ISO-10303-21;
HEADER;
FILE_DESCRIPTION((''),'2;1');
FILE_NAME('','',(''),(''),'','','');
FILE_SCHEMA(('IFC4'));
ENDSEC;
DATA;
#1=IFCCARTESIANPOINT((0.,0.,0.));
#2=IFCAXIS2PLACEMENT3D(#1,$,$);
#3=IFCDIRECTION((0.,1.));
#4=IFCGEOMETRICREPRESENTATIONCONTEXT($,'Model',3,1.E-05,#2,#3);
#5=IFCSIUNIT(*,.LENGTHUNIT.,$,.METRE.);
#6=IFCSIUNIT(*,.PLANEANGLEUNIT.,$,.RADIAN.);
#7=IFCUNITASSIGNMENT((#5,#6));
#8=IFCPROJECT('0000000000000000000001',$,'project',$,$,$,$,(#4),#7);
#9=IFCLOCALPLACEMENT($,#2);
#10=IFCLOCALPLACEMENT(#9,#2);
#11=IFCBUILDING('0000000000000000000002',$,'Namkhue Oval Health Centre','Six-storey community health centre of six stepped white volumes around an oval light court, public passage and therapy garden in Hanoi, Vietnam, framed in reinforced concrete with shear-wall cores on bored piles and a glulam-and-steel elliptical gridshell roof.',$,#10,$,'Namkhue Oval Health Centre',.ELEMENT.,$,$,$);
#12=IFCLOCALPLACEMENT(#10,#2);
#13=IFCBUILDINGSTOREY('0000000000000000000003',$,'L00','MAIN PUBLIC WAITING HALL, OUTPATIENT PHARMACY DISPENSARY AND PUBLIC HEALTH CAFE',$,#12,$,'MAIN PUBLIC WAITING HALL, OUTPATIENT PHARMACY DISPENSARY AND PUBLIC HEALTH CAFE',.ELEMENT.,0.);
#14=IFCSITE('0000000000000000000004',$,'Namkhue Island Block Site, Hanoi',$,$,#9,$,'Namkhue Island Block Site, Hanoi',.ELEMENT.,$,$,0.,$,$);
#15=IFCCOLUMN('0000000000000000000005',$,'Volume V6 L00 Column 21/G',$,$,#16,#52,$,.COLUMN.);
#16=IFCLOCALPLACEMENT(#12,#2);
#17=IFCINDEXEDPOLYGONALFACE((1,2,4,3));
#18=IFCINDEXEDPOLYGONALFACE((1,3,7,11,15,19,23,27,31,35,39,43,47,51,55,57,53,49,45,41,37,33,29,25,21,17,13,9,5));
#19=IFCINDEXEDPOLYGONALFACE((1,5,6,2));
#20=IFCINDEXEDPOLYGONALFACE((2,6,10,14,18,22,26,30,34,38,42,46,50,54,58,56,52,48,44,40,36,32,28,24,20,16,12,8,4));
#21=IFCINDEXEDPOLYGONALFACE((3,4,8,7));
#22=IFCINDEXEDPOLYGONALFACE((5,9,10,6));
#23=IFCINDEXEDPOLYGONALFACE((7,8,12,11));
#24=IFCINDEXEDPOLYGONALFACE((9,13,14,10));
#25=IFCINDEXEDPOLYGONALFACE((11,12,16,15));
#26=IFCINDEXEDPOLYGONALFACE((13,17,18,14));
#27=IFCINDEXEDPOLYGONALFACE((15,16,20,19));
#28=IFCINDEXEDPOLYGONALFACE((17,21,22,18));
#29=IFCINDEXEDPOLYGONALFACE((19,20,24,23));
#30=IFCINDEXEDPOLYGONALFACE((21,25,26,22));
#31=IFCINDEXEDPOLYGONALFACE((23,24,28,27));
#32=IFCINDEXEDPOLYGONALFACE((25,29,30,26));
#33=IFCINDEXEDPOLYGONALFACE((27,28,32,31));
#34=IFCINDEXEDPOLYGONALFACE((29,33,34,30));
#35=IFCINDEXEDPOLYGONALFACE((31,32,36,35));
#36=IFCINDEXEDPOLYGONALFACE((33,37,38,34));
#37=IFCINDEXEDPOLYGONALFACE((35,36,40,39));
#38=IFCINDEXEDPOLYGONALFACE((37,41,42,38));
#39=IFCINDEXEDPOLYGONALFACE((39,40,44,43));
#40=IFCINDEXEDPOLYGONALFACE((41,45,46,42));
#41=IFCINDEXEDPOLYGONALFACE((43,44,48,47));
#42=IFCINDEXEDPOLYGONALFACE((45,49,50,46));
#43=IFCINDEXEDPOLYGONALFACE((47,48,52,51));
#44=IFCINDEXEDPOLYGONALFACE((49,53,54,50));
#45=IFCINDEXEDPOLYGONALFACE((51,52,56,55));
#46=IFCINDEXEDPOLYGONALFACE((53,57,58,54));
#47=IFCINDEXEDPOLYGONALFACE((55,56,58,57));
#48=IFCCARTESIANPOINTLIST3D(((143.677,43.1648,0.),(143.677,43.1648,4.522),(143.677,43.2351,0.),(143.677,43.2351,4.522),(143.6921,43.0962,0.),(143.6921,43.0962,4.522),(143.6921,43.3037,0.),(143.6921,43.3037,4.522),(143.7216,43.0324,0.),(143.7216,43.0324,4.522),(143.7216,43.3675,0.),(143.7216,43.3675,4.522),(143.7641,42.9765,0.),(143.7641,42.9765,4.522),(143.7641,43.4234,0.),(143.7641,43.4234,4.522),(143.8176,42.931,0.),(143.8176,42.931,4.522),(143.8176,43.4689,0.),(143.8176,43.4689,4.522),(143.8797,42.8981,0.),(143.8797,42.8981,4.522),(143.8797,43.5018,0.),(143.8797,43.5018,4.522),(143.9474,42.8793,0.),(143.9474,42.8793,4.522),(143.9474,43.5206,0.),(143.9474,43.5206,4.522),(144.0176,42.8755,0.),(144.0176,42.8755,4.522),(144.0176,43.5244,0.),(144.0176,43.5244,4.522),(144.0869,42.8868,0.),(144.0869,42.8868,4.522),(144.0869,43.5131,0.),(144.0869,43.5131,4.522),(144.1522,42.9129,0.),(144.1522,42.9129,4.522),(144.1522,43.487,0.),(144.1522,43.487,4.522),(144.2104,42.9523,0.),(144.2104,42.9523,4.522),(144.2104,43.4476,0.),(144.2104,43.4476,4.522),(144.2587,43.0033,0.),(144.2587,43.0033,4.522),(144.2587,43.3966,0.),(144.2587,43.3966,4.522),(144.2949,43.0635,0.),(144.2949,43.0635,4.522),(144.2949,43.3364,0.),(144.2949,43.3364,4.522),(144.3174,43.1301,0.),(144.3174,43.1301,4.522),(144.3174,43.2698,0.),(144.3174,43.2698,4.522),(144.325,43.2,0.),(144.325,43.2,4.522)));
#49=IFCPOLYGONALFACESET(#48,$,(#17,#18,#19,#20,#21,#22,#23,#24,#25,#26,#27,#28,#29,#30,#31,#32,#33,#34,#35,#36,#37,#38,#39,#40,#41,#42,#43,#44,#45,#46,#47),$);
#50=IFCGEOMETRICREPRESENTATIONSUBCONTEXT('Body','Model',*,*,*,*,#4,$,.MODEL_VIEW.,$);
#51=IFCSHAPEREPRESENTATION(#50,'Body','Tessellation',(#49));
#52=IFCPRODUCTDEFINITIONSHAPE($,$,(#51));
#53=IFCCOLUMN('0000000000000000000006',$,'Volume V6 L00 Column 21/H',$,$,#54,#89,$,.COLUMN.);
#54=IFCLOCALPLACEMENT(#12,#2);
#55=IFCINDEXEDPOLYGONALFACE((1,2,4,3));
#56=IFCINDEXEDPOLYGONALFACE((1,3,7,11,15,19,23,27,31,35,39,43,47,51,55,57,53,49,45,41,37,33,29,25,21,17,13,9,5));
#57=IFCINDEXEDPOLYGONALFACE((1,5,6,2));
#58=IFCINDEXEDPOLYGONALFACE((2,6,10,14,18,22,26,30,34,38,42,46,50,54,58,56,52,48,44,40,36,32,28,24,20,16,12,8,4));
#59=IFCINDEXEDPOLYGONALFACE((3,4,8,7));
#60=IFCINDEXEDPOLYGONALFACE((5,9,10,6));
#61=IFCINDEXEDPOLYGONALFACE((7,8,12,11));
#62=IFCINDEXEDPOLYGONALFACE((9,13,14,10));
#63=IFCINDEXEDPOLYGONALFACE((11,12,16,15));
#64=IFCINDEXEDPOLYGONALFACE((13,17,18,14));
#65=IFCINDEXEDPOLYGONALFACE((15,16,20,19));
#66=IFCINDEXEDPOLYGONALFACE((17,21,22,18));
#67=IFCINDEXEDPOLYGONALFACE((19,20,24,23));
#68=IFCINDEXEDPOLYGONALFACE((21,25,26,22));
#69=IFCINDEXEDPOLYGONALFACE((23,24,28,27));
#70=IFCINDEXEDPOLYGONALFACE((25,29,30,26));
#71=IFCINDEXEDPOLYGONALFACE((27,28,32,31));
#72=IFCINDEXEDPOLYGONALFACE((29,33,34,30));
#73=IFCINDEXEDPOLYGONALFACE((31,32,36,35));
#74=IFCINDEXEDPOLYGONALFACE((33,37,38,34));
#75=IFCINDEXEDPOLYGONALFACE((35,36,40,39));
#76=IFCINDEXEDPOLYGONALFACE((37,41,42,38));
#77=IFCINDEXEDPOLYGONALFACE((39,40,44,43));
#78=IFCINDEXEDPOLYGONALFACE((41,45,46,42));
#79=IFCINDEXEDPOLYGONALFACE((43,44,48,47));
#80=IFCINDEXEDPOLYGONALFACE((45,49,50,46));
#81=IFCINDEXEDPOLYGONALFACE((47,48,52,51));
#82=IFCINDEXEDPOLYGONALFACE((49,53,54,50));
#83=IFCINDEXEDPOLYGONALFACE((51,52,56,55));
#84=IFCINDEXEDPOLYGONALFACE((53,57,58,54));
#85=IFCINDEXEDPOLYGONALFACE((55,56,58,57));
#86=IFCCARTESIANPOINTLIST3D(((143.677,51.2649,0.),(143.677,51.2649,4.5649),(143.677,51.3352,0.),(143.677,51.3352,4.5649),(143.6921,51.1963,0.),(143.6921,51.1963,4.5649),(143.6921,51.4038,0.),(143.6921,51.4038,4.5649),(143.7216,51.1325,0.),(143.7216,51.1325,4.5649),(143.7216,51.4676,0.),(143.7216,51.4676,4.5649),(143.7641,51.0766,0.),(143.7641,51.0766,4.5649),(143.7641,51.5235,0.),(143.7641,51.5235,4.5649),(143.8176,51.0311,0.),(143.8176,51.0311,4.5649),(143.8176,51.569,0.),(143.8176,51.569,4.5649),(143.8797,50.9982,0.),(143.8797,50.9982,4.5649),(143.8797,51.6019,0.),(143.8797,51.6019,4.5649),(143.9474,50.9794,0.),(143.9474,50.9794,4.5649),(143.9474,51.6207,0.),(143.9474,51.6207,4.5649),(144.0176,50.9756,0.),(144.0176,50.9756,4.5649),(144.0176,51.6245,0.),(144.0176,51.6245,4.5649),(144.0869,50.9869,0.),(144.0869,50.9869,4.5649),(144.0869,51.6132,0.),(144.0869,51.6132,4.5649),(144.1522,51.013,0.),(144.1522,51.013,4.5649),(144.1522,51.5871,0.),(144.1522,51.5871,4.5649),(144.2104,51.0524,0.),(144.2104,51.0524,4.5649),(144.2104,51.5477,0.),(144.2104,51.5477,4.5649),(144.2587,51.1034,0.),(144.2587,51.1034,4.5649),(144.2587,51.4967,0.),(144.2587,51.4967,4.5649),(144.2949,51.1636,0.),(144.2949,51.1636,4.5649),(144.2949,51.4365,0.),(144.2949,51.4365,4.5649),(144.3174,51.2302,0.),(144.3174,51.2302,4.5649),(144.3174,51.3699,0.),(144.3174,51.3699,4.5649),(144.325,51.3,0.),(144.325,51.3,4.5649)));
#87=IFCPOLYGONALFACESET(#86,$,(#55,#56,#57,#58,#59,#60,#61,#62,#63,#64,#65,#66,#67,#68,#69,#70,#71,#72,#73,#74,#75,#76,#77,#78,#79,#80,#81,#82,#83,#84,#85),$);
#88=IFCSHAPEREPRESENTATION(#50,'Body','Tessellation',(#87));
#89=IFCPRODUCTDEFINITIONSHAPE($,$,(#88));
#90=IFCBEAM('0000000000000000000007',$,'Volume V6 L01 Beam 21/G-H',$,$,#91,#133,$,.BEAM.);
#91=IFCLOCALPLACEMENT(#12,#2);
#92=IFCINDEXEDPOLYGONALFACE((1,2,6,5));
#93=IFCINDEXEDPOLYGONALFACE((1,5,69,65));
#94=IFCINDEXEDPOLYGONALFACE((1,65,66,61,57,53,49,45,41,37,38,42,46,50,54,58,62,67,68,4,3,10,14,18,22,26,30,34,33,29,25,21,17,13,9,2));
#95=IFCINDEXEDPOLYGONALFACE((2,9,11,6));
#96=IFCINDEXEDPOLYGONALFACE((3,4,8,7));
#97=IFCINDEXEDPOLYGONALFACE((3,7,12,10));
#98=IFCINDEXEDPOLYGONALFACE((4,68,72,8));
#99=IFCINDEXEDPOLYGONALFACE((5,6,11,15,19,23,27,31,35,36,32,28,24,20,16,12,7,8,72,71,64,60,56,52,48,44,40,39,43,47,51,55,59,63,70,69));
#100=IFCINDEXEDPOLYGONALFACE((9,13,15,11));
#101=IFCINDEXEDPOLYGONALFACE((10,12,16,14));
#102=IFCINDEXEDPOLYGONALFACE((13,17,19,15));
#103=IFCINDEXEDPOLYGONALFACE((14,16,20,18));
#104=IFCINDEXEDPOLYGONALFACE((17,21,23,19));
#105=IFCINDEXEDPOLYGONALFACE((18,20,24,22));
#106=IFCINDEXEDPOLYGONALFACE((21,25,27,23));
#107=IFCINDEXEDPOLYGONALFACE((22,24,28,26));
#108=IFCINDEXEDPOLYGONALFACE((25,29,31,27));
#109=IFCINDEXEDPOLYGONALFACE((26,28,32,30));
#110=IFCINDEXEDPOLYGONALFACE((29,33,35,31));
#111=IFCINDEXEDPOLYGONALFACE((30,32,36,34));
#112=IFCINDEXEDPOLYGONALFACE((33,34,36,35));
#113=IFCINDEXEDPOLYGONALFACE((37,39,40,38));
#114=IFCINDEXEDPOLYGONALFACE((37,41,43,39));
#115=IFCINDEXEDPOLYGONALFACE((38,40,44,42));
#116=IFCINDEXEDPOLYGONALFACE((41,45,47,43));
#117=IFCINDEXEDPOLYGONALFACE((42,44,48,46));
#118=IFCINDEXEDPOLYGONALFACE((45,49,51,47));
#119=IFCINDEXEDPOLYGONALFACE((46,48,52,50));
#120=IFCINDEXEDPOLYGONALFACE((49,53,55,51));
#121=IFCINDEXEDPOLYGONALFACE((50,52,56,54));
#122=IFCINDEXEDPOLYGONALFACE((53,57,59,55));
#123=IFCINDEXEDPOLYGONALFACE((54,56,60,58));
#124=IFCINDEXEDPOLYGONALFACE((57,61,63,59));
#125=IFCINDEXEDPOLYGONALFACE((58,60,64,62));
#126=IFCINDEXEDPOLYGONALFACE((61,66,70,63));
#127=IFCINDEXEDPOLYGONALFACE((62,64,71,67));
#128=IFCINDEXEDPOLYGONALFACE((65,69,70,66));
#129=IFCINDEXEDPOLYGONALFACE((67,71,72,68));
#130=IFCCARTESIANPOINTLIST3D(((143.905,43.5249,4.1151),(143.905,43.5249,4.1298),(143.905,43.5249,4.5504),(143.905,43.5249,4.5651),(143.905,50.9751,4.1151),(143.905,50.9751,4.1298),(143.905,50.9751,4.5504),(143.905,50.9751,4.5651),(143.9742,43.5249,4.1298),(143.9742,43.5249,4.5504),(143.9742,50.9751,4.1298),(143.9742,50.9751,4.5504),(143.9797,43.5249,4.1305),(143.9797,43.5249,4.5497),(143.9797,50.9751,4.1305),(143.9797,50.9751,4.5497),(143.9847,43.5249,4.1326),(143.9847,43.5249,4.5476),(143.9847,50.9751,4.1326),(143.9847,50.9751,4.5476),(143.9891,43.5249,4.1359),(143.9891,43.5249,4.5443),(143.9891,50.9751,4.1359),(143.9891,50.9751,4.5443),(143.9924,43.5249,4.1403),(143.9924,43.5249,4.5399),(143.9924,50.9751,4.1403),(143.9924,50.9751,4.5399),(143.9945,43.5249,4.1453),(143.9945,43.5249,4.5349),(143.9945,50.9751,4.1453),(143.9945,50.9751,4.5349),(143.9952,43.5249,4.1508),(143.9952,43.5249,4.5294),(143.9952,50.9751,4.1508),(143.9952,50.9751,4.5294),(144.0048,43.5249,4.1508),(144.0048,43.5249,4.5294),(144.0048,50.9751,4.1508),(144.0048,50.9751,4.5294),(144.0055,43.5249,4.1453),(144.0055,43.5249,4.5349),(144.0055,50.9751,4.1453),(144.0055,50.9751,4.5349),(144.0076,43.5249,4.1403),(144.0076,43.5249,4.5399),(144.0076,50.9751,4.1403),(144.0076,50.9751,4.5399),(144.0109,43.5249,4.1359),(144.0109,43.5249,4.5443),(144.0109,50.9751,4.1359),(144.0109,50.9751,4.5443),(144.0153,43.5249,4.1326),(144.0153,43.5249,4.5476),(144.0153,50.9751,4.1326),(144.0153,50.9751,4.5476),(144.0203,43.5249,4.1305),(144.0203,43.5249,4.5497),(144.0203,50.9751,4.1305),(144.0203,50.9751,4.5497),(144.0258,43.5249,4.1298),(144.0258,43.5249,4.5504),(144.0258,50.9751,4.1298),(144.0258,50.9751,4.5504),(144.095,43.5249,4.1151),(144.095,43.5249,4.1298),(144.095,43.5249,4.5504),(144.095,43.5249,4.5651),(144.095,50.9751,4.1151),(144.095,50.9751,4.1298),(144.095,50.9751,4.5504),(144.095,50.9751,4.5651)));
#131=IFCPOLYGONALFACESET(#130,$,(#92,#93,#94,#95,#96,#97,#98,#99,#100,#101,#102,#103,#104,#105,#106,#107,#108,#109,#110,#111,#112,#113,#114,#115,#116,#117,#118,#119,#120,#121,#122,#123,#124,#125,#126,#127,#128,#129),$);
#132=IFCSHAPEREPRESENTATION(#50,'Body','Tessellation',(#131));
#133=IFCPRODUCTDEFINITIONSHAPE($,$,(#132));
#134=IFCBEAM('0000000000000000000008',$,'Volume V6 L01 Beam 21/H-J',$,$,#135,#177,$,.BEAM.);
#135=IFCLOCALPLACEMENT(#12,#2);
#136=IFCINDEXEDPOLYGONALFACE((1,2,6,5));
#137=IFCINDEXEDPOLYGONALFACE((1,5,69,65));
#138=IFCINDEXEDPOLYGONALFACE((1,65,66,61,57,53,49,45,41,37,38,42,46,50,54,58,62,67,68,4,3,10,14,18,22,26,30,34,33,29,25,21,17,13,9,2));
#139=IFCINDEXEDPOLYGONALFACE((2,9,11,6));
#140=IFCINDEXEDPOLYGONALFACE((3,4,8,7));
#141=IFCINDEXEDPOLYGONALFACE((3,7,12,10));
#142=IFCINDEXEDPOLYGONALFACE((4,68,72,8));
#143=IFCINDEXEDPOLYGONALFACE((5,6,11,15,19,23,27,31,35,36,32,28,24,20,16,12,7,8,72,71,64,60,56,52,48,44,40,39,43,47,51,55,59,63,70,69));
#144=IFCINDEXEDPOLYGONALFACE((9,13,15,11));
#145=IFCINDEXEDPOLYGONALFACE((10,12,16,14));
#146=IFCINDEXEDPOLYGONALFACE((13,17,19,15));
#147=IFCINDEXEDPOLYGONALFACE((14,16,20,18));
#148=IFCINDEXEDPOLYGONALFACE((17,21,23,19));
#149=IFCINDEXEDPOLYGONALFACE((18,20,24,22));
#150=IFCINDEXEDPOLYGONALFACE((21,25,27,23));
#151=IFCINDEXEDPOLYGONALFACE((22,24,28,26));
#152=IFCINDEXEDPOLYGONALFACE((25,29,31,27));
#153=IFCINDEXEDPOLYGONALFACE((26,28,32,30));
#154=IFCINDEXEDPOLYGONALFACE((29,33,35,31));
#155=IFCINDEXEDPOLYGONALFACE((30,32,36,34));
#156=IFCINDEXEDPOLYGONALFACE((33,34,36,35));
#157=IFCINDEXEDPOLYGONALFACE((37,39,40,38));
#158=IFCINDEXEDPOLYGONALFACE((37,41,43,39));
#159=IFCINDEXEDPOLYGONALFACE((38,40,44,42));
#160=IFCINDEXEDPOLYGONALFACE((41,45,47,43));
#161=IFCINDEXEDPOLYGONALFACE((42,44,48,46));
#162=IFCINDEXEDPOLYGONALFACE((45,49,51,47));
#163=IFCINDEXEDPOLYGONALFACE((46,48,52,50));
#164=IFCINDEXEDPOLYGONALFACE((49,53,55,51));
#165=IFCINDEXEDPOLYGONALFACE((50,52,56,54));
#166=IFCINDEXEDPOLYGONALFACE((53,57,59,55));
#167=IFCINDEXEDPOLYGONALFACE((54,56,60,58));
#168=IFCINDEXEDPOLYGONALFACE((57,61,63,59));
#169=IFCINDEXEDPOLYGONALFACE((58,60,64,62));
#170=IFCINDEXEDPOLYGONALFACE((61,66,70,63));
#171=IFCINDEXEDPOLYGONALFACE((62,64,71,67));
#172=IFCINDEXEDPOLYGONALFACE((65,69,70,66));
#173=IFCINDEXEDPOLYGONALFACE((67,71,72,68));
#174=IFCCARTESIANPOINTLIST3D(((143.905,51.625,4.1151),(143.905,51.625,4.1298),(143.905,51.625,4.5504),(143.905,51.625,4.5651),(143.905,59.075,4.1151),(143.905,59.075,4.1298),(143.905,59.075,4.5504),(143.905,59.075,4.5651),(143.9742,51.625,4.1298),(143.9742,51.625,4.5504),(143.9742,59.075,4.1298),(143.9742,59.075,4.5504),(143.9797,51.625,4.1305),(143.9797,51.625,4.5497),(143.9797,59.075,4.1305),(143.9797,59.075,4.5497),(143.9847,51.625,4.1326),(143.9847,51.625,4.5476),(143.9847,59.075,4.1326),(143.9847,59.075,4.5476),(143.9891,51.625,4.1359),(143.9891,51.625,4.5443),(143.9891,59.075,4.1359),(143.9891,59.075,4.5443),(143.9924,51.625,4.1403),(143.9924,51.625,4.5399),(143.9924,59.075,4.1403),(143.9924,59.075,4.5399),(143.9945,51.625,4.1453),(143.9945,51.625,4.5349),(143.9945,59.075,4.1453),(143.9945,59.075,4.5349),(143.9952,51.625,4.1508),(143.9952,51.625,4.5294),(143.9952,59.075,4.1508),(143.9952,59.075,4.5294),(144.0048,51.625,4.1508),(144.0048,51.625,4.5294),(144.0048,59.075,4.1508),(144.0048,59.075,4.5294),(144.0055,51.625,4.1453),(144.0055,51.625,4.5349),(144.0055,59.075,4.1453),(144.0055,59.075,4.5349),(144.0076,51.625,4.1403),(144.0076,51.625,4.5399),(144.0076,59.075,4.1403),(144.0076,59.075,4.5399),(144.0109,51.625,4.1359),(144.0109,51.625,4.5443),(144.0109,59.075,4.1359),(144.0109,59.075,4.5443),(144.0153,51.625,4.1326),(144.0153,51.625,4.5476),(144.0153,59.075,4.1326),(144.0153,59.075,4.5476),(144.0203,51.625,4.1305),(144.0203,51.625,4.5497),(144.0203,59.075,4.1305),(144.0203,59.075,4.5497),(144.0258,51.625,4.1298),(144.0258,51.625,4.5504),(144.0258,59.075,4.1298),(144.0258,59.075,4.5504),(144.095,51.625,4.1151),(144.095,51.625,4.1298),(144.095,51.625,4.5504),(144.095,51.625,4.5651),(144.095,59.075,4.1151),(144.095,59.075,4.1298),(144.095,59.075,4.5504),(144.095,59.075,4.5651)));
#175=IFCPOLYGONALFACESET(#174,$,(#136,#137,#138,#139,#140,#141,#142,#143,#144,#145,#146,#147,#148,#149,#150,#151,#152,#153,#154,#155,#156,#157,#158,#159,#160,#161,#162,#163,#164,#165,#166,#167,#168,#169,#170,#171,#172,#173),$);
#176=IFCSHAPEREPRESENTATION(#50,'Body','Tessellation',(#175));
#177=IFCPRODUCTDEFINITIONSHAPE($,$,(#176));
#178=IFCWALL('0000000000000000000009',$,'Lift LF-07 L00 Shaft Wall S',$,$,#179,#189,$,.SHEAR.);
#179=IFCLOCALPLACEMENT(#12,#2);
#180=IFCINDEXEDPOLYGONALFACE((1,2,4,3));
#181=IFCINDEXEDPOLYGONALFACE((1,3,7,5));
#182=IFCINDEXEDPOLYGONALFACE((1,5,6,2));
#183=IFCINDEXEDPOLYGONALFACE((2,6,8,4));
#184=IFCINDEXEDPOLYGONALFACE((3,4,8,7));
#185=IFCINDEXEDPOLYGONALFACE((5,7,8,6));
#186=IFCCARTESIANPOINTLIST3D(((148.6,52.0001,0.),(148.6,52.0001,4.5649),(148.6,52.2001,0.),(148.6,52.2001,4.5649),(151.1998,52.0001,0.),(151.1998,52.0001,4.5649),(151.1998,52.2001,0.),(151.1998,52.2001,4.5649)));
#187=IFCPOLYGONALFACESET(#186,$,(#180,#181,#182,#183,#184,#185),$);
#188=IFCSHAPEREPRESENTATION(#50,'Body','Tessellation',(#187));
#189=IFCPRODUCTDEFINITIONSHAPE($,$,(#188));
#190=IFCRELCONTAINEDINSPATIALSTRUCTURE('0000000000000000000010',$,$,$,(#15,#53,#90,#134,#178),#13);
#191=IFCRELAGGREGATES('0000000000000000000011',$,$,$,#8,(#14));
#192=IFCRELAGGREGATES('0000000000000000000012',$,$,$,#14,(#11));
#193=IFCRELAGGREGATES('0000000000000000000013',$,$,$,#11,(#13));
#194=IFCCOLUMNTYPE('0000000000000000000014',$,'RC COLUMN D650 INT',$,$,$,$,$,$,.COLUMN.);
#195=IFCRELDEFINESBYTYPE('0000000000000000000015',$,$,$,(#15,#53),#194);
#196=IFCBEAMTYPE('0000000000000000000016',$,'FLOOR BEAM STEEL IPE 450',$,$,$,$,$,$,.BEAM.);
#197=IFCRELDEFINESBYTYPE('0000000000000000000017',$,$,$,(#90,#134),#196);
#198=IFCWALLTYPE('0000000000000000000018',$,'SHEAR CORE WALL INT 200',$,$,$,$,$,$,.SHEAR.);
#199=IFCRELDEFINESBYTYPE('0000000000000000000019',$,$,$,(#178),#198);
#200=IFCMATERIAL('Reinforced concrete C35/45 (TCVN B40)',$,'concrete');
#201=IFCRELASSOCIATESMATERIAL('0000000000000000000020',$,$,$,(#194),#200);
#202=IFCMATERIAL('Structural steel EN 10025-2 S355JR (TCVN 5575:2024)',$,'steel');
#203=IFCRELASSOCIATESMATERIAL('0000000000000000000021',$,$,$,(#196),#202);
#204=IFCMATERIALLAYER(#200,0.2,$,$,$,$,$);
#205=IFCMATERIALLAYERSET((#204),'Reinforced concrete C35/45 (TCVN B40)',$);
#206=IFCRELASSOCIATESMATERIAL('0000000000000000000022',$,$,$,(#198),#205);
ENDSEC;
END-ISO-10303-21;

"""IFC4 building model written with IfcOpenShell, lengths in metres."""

from ifc_helpers import new_model, si_unit, direction, frame, frame_2d, origin, origin_2d, place, context, subcontext, project, spatial, rectangle, circle, i_section, extrude, material, layer, layer_set, material_profile, profile_set, type_object, element, save


model = new_model("IFC4")

# Units and contexts
model_context = context("Model", 3, precision=1e-05, world=origin(), true_north=direction((0.0, 1.0)))
body_context = subcontext(model_context, "Body", "Model", "MODEL_VIEW")
ifc_project = project(units=[si_unit("LENGTHUNIT", "METRE"), si_unit("PLANEANGLEUNIT", "RADIAN")], contexts=[model_context])

# Site, building, storey
site_placement = place(None, origin())
site = spatial("IfcSite", under=ifc_project, at=site_placement, Name="Namkhue Island Block Site, Hanoi", LongName="Namkhue Island Block Site, Hanoi", CompositionType="ELEMENT", RefElevation=0.0)
building_placement = place(site_placement, origin())
building = spatial("IfcBuilding", under=site, at=building_placement, Name="Namkhue Oval Health Centre", Description="Six-storey community health centre of six stepped white volumes around an oval light court, public passage and therapy garden in Hanoi, Vietnam, framed in reinforced concrete with shear-wall cores on bored piles and a glulam-and-steel elliptical gridshell roof.", LongName="Namkhue Oval Health Centre", CompositionType="ELEMENT")
storey_placement = place(building_placement, origin())
storey = spatial("IfcBuildingStorey", under=building, at=storey_placement, Name="L00", Description="MAIN PUBLIC WAITING HALL, OUTPATIENT PHARMACY DISPENSARY AND PUBLIC HEALTH CAFE", LongName="MAIN PUBLIC WAITING HALL, OUTPATIENT PHARMACY DISPENSARY AND PUBLIC HEALTH CAFE", CompositionType="ELEMENT", Elevation=0.0)

# Columns
ifc_material_1 = material(Name="Reinforced concrete C35/45 (TCVN B40)", Category="concrete")
ifc_material_profile_1 = material_profile(ifc_material_1, circle(Radius=0.325, at=origin_2d()), Name="RC D650")
ifc_profile_set_1 = profile_set([ifc_material_profile_1], Name="Reinforced concrete C35/45 (TCVN B40)")
column_type = type_object("IfcColumnType", Name="RC COLUMN D650 INT", PredefinedType="COLUMN", material=ifc_profile_set_1)
column_1_placement = place(storey_placement, frame((144.0, 43.2, 0.0), z_axis=(0.0, 0.0, 1.0), x_axis=(1.0, 0.0, 0.0)))
element("IfcColumn", 1, at=column_1_placement, inside=storey, type_object=column_type, Name="Volume V6 L00 Column 21/G", PredefinedType="COLUMN", context=body_context, shape_type="SweptSolid", body=[
    extrude(circle(Radius=0.325, at=origin_2d()), origin(), (0.0, 0.0, 1.0), 4.522),
])
column_2_placement = place(storey_placement, frame((144.0, 51.3, 0.0), z_axis=(0.0, 0.0, 1.0), x_axis=(1.0, 0.0, 0.0)))
element("IfcColumn", 2, at=column_2_placement, inside=storey, type_object=column_type, Name="Volume V6 L00 Column 21/H", PredefinedType="COLUMN", context=body_context, shape_type="SweptSolid", body=[
    extrude(circle(Radius=0.325, at=origin_2d()), origin(), (0.0, 0.0, 1.0), 4.5649),
])

# Beams
ifc_material_2 = material(Name="Structural steel EN 10025-2 S355JR (TCVN 5575:2024)", Category="steel")
ifc_material_profile_2 = material_profile(ifc_material_2, i_section(OverallWidth=0.1899, OverallDepth=0.45, WebThickness=0.0095, FlangeThickness=0.0146, FilletRadius=0.021, at=origin_2d()), Name="IPE 450")
ifc_profile_set_2 = profile_set([ifc_material_profile_2], Name="Structural steel EN 10025-2 S355JR (TCVN 5575:2024)")
beam_type = type_object("IfcBeamType", Name="FLOOR BEAM STEEL IPE 450", PredefinedType="BEAM", material=ifc_profile_set_2)
beam_1_placement = place(storey_placement, frame((144.0, 43.5249, 4.3401), z_axis=(0.0, 1.0, 0.0), x_axis=(-1.0, 0.0, 0.0)))
element("IfcBeam", 3, at=beam_1_placement, inside=storey, type_object=beam_type, Name="Volume V6 L01 Beam 21/G-H", PredefinedType="BEAM", context=body_context, shape_type="SweptSolid", body=[
    extrude(i_section(OverallWidth=0.1899, OverallDepth=0.45, WebThickness=0.0095, FlangeThickness=0.0146, FilletRadius=0.021, at=origin_2d()), origin(), (0.0, 0.0, 1.0), 7.4502),
])
beam_2_placement = place(storey_placement, frame((144.0, 51.625, 4.3401), z_axis=(0.0, 1.0, 0.0), x_axis=(-1.0, 0.0, 0.0)))
element("IfcBeam", 4, at=beam_2_placement, inside=storey, type_object=beam_type, Name="Volume V6 L01 Beam 21/H-J", PredefinedType="BEAM", context=body_context, shape_type="SweptSolid", body=[
    extrude(i_section(OverallWidth=0.1899, OverallDepth=0.45, WebThickness=0.0095, FlangeThickness=0.0146, FilletRadius=0.021, at=origin_2d()), origin(), (0.0, 0.0, 1.0), 7.45),
])

# Wall
ifc_layer_1 = layer(ifc_material_1, 0.2)
ifc_layer_set_1 = layer_set([ifc_layer_1], Name="Reinforced concrete C35/45 (TCVN B40)")
wall_type_1 = type_object("IfcWallType", Name="SHEAR CORE WALL INT 200", PredefinedType="SHEAR", material=ifc_layer_set_1)
wall_1_placement = place(storey_placement, frame((148.6001, 52.1001, 0.0), z_axis=(0.0, 0.0, 1.0), x_axis=(1.0, 0.0, 0.0)))
element("IfcWall", 5, at=wall_1_placement, inside=storey, type_object=wall_type_1, Name="Lift LF-07 L00 Shaft Wall S", PredefinedType="SHEAR", context=body_context, shape_type="SweptSolid", body=[
    extrude(rectangle(XDim=2.5999, YDim=0.2, at=frame_2d((1.2998, 0.0))), origin(), (0.0, 0.0, 1.0), 4.5649),
])

save(model, "model.ifc")
